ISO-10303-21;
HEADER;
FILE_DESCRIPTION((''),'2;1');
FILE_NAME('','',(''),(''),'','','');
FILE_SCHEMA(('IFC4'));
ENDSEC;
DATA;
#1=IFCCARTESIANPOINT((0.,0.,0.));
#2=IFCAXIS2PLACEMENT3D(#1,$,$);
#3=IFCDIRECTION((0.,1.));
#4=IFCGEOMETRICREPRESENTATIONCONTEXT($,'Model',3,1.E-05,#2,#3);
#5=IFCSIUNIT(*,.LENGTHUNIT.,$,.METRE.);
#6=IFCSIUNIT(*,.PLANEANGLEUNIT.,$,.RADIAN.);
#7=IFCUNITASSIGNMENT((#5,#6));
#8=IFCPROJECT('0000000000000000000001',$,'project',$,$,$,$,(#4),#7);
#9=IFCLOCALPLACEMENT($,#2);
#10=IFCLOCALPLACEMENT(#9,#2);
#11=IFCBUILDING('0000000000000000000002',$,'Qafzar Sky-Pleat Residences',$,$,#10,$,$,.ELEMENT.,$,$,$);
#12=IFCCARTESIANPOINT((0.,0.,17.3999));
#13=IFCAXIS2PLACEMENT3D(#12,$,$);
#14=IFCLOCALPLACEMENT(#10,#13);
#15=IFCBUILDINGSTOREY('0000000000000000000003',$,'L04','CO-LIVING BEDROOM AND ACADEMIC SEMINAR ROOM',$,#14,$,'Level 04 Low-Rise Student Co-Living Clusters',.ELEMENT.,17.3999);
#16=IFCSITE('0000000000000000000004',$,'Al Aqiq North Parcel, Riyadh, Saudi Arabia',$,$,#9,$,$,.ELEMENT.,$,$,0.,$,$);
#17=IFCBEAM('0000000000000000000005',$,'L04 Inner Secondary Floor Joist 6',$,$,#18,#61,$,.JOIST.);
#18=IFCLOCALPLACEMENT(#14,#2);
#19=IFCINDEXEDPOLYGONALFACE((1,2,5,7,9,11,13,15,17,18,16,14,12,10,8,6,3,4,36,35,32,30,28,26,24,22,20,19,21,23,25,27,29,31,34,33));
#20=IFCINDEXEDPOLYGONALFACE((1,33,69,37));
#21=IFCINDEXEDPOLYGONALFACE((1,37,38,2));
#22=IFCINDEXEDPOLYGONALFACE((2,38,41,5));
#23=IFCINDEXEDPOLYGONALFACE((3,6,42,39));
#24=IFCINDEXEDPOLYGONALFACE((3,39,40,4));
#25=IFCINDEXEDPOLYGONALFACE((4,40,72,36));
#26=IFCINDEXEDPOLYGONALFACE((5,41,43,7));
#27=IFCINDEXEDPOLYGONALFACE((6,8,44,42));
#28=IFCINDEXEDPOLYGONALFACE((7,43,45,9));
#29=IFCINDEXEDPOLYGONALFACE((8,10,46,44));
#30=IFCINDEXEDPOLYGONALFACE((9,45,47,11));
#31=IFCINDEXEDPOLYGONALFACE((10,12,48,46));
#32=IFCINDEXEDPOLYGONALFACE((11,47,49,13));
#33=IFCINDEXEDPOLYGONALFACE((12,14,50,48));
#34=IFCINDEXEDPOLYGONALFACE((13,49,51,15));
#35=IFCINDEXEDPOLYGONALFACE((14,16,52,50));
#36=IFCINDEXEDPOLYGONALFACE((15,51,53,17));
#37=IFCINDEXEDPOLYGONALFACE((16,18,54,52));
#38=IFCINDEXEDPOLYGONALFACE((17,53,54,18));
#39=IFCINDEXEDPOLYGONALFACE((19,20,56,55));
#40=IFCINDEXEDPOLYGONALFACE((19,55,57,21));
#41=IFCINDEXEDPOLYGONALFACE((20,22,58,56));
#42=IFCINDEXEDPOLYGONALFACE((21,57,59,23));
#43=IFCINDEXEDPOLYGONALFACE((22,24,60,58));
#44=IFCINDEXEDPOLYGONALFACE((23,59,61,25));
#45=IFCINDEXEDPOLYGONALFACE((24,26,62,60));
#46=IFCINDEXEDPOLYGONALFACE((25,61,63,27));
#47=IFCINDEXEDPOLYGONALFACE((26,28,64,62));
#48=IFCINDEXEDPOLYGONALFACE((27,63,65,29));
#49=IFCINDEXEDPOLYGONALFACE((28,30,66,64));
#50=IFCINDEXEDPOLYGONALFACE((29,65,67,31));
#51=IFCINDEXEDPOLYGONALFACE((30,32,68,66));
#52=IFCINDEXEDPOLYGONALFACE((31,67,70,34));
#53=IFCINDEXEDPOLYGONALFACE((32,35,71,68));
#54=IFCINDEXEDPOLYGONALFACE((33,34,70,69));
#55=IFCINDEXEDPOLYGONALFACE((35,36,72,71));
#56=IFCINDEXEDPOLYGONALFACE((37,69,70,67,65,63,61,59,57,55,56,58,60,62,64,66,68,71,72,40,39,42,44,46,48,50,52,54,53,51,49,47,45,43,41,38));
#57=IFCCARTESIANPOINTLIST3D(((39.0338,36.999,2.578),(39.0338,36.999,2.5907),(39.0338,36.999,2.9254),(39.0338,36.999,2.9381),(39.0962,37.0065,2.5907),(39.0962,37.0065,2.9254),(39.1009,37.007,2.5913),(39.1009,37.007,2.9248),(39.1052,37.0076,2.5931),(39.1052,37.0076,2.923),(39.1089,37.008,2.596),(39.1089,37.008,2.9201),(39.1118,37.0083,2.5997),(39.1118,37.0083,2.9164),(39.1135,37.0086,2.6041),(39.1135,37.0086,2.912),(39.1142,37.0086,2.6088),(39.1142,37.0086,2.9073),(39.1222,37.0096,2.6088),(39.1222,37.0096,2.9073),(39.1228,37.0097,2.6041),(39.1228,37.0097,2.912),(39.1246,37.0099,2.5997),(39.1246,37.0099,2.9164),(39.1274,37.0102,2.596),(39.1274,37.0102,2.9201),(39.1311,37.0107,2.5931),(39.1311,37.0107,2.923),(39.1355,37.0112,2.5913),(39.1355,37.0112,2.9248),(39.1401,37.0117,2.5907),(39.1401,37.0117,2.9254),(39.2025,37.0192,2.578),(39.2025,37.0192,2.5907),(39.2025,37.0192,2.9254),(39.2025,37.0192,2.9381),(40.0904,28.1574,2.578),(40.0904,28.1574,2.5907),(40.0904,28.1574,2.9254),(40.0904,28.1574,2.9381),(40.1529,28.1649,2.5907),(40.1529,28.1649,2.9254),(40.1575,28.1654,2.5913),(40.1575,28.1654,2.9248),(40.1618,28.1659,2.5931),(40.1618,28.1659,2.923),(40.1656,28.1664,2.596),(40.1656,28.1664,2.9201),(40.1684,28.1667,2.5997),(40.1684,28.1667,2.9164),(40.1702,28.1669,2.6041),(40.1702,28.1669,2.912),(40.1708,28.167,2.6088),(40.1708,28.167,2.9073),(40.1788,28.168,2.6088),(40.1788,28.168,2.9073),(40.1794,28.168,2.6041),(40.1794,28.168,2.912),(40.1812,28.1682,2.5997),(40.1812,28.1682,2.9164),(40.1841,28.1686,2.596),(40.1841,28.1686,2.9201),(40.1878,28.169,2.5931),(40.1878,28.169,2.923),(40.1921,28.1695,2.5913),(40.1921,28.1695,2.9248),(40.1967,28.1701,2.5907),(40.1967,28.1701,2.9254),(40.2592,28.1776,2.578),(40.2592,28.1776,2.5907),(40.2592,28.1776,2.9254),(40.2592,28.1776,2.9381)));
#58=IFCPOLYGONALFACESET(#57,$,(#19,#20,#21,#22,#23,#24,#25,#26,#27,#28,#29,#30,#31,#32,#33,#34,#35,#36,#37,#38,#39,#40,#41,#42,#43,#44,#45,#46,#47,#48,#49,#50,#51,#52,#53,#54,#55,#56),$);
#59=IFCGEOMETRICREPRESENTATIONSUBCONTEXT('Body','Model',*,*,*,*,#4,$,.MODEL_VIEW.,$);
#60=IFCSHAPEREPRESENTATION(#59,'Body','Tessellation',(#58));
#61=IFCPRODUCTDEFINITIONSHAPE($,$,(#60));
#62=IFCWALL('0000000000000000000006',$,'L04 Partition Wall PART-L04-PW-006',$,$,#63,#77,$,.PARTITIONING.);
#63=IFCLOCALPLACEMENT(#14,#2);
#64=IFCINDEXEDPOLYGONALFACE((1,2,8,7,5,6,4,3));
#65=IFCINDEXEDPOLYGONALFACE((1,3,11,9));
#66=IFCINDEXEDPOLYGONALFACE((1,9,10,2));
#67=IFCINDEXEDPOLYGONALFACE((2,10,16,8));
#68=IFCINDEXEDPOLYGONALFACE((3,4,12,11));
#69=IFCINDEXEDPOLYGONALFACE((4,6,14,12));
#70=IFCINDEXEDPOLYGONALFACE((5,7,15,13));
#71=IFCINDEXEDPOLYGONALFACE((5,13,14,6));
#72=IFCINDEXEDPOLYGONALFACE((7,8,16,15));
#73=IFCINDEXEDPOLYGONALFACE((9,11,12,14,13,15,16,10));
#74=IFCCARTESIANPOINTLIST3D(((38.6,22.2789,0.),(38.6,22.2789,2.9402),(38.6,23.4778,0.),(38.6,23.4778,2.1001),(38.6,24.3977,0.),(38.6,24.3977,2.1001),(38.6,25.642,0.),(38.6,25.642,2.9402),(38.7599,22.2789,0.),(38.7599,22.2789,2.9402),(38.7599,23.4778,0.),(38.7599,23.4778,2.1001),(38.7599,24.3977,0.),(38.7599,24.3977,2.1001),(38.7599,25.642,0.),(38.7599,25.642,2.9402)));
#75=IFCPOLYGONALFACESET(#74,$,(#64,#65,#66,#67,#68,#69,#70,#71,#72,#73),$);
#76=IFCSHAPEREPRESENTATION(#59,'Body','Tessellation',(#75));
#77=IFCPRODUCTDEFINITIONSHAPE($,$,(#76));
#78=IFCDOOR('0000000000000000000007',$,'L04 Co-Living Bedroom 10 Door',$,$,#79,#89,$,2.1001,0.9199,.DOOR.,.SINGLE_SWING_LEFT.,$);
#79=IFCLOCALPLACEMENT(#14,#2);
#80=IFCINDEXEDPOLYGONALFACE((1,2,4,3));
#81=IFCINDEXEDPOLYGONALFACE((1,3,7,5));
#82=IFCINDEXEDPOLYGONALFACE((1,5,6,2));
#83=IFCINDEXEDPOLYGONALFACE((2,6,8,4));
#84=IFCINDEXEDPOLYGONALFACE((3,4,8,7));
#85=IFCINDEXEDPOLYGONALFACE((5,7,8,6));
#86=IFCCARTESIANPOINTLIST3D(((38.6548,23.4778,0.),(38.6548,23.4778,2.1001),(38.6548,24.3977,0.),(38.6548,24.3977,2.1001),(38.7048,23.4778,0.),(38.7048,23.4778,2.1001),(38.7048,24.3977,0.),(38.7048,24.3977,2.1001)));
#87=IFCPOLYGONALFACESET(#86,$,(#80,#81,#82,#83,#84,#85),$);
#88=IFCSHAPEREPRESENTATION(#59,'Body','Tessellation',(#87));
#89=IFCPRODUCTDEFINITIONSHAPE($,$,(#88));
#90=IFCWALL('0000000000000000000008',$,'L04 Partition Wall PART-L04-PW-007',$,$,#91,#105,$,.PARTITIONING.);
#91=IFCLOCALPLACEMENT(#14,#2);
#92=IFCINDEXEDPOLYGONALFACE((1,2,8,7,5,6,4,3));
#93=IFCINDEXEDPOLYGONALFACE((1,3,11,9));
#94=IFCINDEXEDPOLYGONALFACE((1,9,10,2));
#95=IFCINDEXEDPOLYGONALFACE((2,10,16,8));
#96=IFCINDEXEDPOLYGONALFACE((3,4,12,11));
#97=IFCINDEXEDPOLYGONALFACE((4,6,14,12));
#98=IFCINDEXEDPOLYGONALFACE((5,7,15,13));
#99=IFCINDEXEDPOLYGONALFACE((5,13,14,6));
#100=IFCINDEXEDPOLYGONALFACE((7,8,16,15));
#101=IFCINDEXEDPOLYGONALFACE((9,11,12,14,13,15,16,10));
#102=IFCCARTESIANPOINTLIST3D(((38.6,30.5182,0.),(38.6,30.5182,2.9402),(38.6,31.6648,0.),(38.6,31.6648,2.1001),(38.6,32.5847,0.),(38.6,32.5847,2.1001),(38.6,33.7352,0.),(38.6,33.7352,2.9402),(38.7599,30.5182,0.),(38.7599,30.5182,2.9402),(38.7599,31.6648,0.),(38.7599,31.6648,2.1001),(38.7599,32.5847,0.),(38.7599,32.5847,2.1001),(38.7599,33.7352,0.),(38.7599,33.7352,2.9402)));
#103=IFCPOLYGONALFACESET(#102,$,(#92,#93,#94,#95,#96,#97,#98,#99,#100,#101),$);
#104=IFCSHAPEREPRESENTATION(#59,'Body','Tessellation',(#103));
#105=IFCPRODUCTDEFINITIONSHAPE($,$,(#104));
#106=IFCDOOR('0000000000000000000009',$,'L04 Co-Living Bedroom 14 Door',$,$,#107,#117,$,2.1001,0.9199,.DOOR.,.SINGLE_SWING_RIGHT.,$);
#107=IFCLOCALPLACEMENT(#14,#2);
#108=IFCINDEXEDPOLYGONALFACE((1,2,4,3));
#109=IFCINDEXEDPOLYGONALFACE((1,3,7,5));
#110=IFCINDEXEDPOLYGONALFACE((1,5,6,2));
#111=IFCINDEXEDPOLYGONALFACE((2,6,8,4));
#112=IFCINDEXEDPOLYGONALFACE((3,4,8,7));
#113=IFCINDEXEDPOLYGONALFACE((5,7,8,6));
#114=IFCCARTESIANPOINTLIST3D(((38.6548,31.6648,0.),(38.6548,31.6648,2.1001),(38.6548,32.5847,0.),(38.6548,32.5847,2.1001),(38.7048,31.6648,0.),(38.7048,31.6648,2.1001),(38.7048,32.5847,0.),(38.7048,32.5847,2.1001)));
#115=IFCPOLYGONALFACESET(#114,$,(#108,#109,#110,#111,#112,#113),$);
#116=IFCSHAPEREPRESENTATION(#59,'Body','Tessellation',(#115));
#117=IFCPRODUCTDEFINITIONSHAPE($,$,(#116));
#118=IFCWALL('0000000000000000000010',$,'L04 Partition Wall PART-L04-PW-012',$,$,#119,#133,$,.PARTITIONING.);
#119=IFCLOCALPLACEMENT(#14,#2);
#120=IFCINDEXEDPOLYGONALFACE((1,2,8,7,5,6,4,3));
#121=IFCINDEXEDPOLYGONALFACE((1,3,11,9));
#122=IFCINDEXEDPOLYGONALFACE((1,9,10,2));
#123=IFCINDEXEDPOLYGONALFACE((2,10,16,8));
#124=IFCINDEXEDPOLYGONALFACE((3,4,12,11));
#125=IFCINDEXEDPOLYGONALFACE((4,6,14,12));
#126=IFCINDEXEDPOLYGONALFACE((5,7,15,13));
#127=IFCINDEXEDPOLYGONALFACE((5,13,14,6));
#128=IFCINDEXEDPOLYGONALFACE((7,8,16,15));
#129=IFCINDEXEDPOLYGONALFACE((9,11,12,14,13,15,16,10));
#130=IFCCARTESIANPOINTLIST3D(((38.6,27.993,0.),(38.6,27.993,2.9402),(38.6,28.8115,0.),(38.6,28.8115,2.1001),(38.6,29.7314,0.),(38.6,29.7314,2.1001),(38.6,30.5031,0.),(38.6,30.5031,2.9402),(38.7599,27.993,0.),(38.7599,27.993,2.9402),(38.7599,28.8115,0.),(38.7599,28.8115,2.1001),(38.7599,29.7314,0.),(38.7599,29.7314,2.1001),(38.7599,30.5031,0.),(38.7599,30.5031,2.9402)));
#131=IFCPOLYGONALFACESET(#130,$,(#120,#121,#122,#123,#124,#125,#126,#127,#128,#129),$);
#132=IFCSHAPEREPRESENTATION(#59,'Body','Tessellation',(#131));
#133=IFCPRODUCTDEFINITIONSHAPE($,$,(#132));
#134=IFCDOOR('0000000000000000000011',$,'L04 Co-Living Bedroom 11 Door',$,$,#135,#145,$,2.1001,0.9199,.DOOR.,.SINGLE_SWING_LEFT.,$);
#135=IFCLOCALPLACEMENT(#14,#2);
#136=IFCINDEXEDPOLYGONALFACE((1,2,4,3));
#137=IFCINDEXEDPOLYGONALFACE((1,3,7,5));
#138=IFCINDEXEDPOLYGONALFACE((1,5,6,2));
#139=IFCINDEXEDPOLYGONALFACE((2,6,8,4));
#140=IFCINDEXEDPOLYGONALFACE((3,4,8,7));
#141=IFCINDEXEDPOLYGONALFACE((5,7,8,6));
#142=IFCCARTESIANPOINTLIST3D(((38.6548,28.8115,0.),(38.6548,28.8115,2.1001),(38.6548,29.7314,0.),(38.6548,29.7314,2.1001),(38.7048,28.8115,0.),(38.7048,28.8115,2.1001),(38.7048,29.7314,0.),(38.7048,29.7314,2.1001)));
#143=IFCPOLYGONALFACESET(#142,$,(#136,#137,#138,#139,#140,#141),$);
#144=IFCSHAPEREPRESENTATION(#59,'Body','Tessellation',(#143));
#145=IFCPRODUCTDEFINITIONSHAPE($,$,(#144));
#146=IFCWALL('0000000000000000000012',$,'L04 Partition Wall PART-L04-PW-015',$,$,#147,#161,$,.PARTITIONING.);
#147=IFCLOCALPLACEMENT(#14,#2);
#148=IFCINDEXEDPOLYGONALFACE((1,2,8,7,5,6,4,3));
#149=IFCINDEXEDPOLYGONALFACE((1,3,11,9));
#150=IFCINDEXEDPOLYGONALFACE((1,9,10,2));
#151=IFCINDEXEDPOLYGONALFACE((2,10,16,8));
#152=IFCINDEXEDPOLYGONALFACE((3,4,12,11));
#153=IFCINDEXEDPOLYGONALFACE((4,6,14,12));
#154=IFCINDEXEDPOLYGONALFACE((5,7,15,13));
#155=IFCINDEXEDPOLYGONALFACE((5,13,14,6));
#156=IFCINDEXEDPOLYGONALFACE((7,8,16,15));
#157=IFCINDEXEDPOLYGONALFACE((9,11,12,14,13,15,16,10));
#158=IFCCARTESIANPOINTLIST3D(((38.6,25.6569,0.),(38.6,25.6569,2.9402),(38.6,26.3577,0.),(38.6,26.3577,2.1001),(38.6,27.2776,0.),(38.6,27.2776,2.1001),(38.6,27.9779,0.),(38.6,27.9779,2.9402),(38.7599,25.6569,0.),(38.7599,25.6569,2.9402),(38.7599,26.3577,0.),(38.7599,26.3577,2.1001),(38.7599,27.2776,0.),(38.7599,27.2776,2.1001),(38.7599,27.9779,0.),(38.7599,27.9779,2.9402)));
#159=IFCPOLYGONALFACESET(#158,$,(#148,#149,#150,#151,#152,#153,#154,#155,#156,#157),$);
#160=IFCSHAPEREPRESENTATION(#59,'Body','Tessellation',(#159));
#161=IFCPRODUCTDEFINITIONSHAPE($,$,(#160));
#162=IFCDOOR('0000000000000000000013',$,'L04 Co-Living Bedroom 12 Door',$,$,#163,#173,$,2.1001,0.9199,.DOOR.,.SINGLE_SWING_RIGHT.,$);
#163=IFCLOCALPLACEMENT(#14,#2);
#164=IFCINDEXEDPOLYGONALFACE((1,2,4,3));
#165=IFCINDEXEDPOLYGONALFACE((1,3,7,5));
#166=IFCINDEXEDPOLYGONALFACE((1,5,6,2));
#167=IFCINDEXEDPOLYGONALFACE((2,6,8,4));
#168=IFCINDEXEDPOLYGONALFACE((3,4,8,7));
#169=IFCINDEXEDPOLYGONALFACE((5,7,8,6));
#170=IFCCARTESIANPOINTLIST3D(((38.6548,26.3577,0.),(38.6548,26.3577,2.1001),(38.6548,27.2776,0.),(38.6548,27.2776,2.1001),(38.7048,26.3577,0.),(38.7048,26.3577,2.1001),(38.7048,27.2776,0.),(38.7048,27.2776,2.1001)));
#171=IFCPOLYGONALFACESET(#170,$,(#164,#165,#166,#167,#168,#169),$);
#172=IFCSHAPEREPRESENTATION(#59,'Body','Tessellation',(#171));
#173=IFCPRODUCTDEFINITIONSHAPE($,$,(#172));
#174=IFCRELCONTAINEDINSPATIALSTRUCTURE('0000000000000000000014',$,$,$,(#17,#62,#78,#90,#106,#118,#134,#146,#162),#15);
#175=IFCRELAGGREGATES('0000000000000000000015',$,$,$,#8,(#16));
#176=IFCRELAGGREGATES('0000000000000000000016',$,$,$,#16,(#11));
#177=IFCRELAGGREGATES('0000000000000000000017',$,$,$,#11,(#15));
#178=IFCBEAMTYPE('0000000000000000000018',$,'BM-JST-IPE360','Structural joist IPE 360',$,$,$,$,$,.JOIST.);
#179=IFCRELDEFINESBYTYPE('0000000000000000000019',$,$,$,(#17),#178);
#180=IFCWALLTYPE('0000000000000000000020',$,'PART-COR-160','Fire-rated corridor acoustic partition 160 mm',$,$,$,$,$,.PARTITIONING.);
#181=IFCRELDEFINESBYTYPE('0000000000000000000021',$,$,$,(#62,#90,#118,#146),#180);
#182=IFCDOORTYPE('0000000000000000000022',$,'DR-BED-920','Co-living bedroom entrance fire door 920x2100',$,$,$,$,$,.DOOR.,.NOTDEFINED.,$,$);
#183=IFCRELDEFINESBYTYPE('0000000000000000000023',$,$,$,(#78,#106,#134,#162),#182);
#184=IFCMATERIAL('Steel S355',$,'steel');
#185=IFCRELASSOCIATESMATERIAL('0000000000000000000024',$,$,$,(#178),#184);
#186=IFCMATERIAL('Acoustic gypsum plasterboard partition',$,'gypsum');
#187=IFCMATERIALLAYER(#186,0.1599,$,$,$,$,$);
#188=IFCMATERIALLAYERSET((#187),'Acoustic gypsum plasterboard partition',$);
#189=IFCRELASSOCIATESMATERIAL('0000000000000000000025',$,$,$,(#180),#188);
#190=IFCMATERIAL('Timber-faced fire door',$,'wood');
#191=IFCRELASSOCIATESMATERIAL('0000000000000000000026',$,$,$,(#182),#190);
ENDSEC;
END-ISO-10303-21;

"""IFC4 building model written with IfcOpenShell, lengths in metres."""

from ifc_helpers import new_model, si_unit, direction, frame, frame_2d, origin, origin_2d, place, context, subcontext, project, spatial, rectangle, i_section, extrude, source, transform, mapped, material, layer, layer_set, material_profile, profile_set, type_object, element, fill, save


model = new_model("IFC4")

# Units and contexts
model_context = context("Model", 3, precision=1e-05, world=origin(), true_north=direction((0.0, 1.0)))
body_context = subcontext(model_context, "Body", "Model", "MODEL_VIEW")
ifc_project = project(units=[si_unit("LENGTHUNIT", "METRE"), si_unit("PLANEANGLEUNIT", "RADIAN")], contexts=[model_context])

# Site, building, storey
site_placement = place(None, origin())
site = spatial("IfcSite", under=ifc_project, at=site_placement, Name="Al Aqiq North Parcel, Riyadh, Saudi Arabia", CompositionType="ELEMENT", RefElevation=0.0)
building_placement = place(site_placement, origin())
building = spatial("IfcBuilding", under=site, at=building_placement, Name="Qafzar Sky-Pleat Residences", CompositionType="ELEMENT")
storey_placement = place(building_placement, frame((0.0, 0.0, 17.3999)))
storey = spatial("IfcBuildingStorey", under=building, at=storey_placement, Name="L04", Description="CO-LIVING BEDROOM AND ACADEMIC SEMINAR ROOM", LongName="Level 04 Low-Rise Student Co-Living Clusters", CompositionType="ELEMENT", Elevation=17.3999)

# Beam
ifc_material_1 = material(Name="Steel S355", Category="steel")
ifc_material_profile = material_profile(ifc_material_1, i_section(OverallWidth=0.1699, OverallDepth=0.3601, WebThickness=0.0081, FlangeThickness=0.0127, FilletRadius=0.0181, at=origin_2d()), Name="IPE 360")
ifc_profile_set = profile_set([ifc_material_profile], Name="Steel S355")
beam_type = type_object("IfcBeamType", Name="BM-JST-IPE360", Description="Structural joist IPE 360", PredefinedType="JOIST", material=ifc_profile_set)
shared_shape_1 = source(origin(), body_context, "Body", "SweptSolid", [
    extrude(i_section(OverallWidth=0.1699, OverallDepth=0.3601, WebThickness=0.0081, FlangeThickness=0.0127, FilletRadius=0.0181, at=origin_2d()), origin(), (0.0, 0.0, 1.0), 8.9045),
])
beam_placement = place(storey_placement, frame((40.1748, 28.1675, 2.7581), z_axis=(-0.118664, 0.992934, 0.0), x_axis=(-0.992934, -0.118664, 0.0)))
element("IfcBeam", 1, at=beam_placement, inside=storey, type_object=beam_type, Name="L04 Inner Secondary Floor Joist 6", PredefinedType="JOIST", context=body_context, shape_type="MappedRepresentation", body=[
    mapped(shared_shape_1, transform((0.0, 0.0, 0.0), x_axis=(1.0, 0.0, 0.0), y_axis=(0.0, 1.0, 0.0), z_axis=(0.0, 0.0, 1.0), scale=1.0)),
])

# Walls, openings, doors
ifc_material_2 = material(Name="Acoustic gypsum plasterboard partition", Category="gypsum")
ifc_layer_1 = layer(ifc_material_2, 0.1599)
ifc_layer_set_1 = layer_set([ifc_layer_1], Name="Acoustic gypsum plasterboard partition")
wall_type_1 = type_object("IfcWallType", Name="PART-COR-160", Description="Fire-rated corridor acoustic partition 160 mm", PredefinedType="PARTITIONING", material=ifc_layer_set_1)
wall_1_placement = place(storey_placement, frame((38.6799, 25.6421, 0.0), z_axis=(0.0, 0.0, 1.0), x_axis=(0.0, -1.0, 0.0)))
wall_1 = element("IfcWall", 2, at=wall_1_placement, inside=storey, type_object=wall_type_1, Name="L04 Partition Wall PART-L04-PW-006", PredefinedType="PARTITIONING", context=body_context, shape_type="SweptSolid", body=[
    extrude(rectangle(XDim=3.363, YDim=0.1599, at=frame_2d((1.6816, 0.0))), origin(), (0.0, 0.0, 1.0), 2.9402),
])
opening_1_placement = place(wall_1_placement, frame((1.2444, 0.0, 0.0)))
opening_1 = element("IfcOpeningElement", 3, at=opening_1_placement, cuts=wall_1, PredefinedType="OPENING", context=body_context, shape_type="SweptSolid", body=[
    extrude(rectangle(XDim=0.9199, YDim=2.1001, at=frame_2d((0.46, 1.05))), frame((0.0, 0.0898, 0.0), z_axis=(0.0, -1.0, 0.0), x_axis=(1.0, 0.0, 0.0)), (0.0, 0.0, 1.0), 0.1799),
])
ifc_material_3 = material(Name="Timber-faced fire door", Category="wood")
door_type_1 = type_object("IfcDoorType", Name="DR-BED-920", Description="Co-living bedroom entrance fire door 920x2100", OperationType="NOTDEFINED", PredefinedType="DOOR", material=ifc_material_3)
shared_shape_2 = source(origin(), body_context, "Body", "SweptSolid", [
    extrude(rectangle(XDim=0.9199, YDim=2.1001, at=frame_2d((0.46, 1.05))), frame((0.0, 0.0249, 0.0), z_axis=(0.0, -1.0, 0.0), x_axis=(1.0, 0.0, 0.0)), (0.0, 0.0, 1.0), 0.05),
])
door_1_placement = place(opening_1_placement, origin())
door_1 = element("IfcDoor", 4, at=door_1_placement, inside=storey, type_object=door_type_1, Name="L04 Co-Living Bedroom 10 Door", OperationType="SINGLE_SWING_LEFT", OverallHeight=2.1001, OverallWidth=0.9199, PredefinedType="DOOR", context=body_context, shape_type="MappedRepresentation", body=[
    mapped(shared_shape_2, transform((0.0, 0.0, 0.0), x_axis=(1.0, 0.0, 0.0), y_axis=(0.0, 1.0, 0.0), z_axis=(0.0, 0.0, 1.0), scale=1.0)),
])
fill(opening_1, door_1)
wall_2_placement = place(storey_placement, frame((38.6799, 33.7351, 0.0), z_axis=(0.0, 0.0, 1.0), x_axis=(0.0, -1.0, 0.0)))
wall_2 = element("IfcWall", 5, at=wall_2_placement, inside=storey, type_object=wall_type_1, Name="L04 Partition Wall PART-L04-PW-007", PredefinedType="PARTITIONING", context=body_context, shape_type="SweptSolid", body=[
    extrude(rectangle(XDim=3.217, YDim=0.1599, at=frame_2d((1.6084, 0.0))), origin(), (0.0, 0.0, 1.0), 2.9402),
])
opening_2_placement = place(wall_2_placement, frame((1.1504, 0.0, 0.0)))
opening_2 = element("IfcOpeningElement", 6, at=opening_2_placement, cuts=wall_2, PredefinedType="OPENING", context=body_context, shape_type="SweptSolid", body=[
    extrude(rectangle(XDim=0.9199, YDim=2.1001, at=frame_2d((0.46, 1.05))), frame((0.0, 0.0898, 0.0), z_axis=(0.0, -1.0, 0.0), x_axis=(1.0, 0.0, 0.0)), (0.0, 0.0, 1.0), 0.1799),
])
door_2_placement = place(opening_2_placement, origin())
door_2 = element("IfcDoor", 7, at=door_2_placement, inside=storey, type_object=door_type_1, Name="L04 Co-Living Bedroom 14 Door", OperationType="SINGLE_SWING_RIGHT", OverallHeight=2.1001, OverallWidth=0.9199, PredefinedType="DOOR", context=body_context, shape_type="MappedRepresentation", body=[
    mapped(shared_shape_2, transform((0.0, 0.0, 0.0), x_axis=(1.0, 0.0, 0.0), y_axis=(0.0, 1.0, 0.0), z_axis=(0.0, 0.0, 1.0), scale=1.0)),
])
fill(opening_2, door_2)
wall_3_placement = place(storey_placement, frame((38.6799, 30.5029, 0.0), z_axis=(0.0, 0.0, 1.0), x_axis=(0.0, -1.0, 0.0)))
wall_3 = element("IfcWall", 8, at=wall_3_placement, inside=storey, type_object=wall_type_1, Name="L04 Partition Wall PART-L04-PW-012", PredefinedType="PARTITIONING", context=body_context, shape_type="SweptSolid", body=[
    extrude(rectangle(XDim=2.51, YDim=0.1599, at=frame_2d((1.2549, 0.0))), origin(), (0.0, 0.0, 1.0), 2.9402),
])
opening_3_placement = place(wall_3_placement, frame((0.7715, 0.0, 0.0)))
opening_3 = element("IfcOpeningElement", 9, at=opening_3_placement, cuts=wall_3, PredefinedType="OPENING", context=body_context, shape_type="SweptSolid", body=[
    extrude(rectangle(XDim=0.9199, YDim=2.1001, at=frame_2d((0.46, 1.05))), frame((0.0, 0.0898, 0.0), z_axis=(0.0, -1.0, 0.0), x_axis=(1.0, 0.0, 0.0)), (0.0, 0.0, 1.0), 0.1799),
])
door_3_placement = place(opening_3_placement, origin())
door_3 = element("IfcDoor", 10, at=door_3_placement, inside=storey, type_object=door_type_1, Name="L04 Co-Living Bedroom 11 Door", OperationType="SINGLE_SWING_LEFT", OverallHeight=2.1001, OverallWidth=0.9199, PredefinedType="DOOR", context=body_context, shape_type="MappedRepresentation", body=[
    mapped(shared_shape_2, transform((0.0, 0.0, 0.0), x_axis=(1.0, 0.0, 0.0), y_axis=(0.0, 1.0, 0.0), z_axis=(0.0, 0.0, 1.0), scale=1.0)),
])
fill(opening_3, door_3)
wall_4_placement = place(storey_placement, frame((38.6799, 27.978, 0.0), z_axis=(0.0, 0.0, 1.0), x_axis=(0.0, -1.0, 0.0)))
wall_4 = element("IfcWall", 11, at=wall_4_placement, inside=storey, type_object=wall_type_1, Name="L04 Partition Wall PART-L04-PW-015", PredefinedType="PARTITIONING", context=body_context, shape_type="SweptSolid", body=[
    extrude(rectangle(XDim=2.321, YDim=0.1599, at=frame_2d((1.1606, 0.0))), origin(), (0.0, 0.0, 1.0), 2.9402),
])
opening_4_placement = place(wall_4_placement, frame((0.7004, 0.0, 0.0)))
opening_4 = element("IfcOpeningElement", 12, at=opening_4_placement, cuts=wall_4, PredefinedType="OPENING", context=body_context, shape_type="SweptSolid", body=[
    extrude(rectangle(XDim=0.9199, YDim=2.1001, at=frame_2d((0.46, 1.05))), frame((0.0, 0.0898, 0.0), z_axis=(0.0, -1.0, 0.0), x_axis=(1.0, 0.0, 0.0)), (0.0, 0.0, 1.0), 0.1799),
])
door_4_placement = place(opening_4_placement, origin())
door_4 = element("IfcDoor", 13, at=door_4_placement, inside=storey, type_object=door_type_1, Name="L04 Co-Living Bedroom 12 Door", OperationType="SINGLE_SWING_RIGHT", OverallHeight=2.1001, OverallWidth=0.9199, PredefinedType="DOOR", context=body_context, shape_type="MappedRepresentation", body=[
    mapped(shared_shape_2, transform((0.0, 0.0, 0.0), x_axis=(1.0, 0.0, 0.0), y_axis=(0.0, 1.0, 0.0), z_axis=(0.0, 0.0, 1.0), scale=1.0)),
])
fill(opening_4, door_4)

save(model, "model.ifc")
